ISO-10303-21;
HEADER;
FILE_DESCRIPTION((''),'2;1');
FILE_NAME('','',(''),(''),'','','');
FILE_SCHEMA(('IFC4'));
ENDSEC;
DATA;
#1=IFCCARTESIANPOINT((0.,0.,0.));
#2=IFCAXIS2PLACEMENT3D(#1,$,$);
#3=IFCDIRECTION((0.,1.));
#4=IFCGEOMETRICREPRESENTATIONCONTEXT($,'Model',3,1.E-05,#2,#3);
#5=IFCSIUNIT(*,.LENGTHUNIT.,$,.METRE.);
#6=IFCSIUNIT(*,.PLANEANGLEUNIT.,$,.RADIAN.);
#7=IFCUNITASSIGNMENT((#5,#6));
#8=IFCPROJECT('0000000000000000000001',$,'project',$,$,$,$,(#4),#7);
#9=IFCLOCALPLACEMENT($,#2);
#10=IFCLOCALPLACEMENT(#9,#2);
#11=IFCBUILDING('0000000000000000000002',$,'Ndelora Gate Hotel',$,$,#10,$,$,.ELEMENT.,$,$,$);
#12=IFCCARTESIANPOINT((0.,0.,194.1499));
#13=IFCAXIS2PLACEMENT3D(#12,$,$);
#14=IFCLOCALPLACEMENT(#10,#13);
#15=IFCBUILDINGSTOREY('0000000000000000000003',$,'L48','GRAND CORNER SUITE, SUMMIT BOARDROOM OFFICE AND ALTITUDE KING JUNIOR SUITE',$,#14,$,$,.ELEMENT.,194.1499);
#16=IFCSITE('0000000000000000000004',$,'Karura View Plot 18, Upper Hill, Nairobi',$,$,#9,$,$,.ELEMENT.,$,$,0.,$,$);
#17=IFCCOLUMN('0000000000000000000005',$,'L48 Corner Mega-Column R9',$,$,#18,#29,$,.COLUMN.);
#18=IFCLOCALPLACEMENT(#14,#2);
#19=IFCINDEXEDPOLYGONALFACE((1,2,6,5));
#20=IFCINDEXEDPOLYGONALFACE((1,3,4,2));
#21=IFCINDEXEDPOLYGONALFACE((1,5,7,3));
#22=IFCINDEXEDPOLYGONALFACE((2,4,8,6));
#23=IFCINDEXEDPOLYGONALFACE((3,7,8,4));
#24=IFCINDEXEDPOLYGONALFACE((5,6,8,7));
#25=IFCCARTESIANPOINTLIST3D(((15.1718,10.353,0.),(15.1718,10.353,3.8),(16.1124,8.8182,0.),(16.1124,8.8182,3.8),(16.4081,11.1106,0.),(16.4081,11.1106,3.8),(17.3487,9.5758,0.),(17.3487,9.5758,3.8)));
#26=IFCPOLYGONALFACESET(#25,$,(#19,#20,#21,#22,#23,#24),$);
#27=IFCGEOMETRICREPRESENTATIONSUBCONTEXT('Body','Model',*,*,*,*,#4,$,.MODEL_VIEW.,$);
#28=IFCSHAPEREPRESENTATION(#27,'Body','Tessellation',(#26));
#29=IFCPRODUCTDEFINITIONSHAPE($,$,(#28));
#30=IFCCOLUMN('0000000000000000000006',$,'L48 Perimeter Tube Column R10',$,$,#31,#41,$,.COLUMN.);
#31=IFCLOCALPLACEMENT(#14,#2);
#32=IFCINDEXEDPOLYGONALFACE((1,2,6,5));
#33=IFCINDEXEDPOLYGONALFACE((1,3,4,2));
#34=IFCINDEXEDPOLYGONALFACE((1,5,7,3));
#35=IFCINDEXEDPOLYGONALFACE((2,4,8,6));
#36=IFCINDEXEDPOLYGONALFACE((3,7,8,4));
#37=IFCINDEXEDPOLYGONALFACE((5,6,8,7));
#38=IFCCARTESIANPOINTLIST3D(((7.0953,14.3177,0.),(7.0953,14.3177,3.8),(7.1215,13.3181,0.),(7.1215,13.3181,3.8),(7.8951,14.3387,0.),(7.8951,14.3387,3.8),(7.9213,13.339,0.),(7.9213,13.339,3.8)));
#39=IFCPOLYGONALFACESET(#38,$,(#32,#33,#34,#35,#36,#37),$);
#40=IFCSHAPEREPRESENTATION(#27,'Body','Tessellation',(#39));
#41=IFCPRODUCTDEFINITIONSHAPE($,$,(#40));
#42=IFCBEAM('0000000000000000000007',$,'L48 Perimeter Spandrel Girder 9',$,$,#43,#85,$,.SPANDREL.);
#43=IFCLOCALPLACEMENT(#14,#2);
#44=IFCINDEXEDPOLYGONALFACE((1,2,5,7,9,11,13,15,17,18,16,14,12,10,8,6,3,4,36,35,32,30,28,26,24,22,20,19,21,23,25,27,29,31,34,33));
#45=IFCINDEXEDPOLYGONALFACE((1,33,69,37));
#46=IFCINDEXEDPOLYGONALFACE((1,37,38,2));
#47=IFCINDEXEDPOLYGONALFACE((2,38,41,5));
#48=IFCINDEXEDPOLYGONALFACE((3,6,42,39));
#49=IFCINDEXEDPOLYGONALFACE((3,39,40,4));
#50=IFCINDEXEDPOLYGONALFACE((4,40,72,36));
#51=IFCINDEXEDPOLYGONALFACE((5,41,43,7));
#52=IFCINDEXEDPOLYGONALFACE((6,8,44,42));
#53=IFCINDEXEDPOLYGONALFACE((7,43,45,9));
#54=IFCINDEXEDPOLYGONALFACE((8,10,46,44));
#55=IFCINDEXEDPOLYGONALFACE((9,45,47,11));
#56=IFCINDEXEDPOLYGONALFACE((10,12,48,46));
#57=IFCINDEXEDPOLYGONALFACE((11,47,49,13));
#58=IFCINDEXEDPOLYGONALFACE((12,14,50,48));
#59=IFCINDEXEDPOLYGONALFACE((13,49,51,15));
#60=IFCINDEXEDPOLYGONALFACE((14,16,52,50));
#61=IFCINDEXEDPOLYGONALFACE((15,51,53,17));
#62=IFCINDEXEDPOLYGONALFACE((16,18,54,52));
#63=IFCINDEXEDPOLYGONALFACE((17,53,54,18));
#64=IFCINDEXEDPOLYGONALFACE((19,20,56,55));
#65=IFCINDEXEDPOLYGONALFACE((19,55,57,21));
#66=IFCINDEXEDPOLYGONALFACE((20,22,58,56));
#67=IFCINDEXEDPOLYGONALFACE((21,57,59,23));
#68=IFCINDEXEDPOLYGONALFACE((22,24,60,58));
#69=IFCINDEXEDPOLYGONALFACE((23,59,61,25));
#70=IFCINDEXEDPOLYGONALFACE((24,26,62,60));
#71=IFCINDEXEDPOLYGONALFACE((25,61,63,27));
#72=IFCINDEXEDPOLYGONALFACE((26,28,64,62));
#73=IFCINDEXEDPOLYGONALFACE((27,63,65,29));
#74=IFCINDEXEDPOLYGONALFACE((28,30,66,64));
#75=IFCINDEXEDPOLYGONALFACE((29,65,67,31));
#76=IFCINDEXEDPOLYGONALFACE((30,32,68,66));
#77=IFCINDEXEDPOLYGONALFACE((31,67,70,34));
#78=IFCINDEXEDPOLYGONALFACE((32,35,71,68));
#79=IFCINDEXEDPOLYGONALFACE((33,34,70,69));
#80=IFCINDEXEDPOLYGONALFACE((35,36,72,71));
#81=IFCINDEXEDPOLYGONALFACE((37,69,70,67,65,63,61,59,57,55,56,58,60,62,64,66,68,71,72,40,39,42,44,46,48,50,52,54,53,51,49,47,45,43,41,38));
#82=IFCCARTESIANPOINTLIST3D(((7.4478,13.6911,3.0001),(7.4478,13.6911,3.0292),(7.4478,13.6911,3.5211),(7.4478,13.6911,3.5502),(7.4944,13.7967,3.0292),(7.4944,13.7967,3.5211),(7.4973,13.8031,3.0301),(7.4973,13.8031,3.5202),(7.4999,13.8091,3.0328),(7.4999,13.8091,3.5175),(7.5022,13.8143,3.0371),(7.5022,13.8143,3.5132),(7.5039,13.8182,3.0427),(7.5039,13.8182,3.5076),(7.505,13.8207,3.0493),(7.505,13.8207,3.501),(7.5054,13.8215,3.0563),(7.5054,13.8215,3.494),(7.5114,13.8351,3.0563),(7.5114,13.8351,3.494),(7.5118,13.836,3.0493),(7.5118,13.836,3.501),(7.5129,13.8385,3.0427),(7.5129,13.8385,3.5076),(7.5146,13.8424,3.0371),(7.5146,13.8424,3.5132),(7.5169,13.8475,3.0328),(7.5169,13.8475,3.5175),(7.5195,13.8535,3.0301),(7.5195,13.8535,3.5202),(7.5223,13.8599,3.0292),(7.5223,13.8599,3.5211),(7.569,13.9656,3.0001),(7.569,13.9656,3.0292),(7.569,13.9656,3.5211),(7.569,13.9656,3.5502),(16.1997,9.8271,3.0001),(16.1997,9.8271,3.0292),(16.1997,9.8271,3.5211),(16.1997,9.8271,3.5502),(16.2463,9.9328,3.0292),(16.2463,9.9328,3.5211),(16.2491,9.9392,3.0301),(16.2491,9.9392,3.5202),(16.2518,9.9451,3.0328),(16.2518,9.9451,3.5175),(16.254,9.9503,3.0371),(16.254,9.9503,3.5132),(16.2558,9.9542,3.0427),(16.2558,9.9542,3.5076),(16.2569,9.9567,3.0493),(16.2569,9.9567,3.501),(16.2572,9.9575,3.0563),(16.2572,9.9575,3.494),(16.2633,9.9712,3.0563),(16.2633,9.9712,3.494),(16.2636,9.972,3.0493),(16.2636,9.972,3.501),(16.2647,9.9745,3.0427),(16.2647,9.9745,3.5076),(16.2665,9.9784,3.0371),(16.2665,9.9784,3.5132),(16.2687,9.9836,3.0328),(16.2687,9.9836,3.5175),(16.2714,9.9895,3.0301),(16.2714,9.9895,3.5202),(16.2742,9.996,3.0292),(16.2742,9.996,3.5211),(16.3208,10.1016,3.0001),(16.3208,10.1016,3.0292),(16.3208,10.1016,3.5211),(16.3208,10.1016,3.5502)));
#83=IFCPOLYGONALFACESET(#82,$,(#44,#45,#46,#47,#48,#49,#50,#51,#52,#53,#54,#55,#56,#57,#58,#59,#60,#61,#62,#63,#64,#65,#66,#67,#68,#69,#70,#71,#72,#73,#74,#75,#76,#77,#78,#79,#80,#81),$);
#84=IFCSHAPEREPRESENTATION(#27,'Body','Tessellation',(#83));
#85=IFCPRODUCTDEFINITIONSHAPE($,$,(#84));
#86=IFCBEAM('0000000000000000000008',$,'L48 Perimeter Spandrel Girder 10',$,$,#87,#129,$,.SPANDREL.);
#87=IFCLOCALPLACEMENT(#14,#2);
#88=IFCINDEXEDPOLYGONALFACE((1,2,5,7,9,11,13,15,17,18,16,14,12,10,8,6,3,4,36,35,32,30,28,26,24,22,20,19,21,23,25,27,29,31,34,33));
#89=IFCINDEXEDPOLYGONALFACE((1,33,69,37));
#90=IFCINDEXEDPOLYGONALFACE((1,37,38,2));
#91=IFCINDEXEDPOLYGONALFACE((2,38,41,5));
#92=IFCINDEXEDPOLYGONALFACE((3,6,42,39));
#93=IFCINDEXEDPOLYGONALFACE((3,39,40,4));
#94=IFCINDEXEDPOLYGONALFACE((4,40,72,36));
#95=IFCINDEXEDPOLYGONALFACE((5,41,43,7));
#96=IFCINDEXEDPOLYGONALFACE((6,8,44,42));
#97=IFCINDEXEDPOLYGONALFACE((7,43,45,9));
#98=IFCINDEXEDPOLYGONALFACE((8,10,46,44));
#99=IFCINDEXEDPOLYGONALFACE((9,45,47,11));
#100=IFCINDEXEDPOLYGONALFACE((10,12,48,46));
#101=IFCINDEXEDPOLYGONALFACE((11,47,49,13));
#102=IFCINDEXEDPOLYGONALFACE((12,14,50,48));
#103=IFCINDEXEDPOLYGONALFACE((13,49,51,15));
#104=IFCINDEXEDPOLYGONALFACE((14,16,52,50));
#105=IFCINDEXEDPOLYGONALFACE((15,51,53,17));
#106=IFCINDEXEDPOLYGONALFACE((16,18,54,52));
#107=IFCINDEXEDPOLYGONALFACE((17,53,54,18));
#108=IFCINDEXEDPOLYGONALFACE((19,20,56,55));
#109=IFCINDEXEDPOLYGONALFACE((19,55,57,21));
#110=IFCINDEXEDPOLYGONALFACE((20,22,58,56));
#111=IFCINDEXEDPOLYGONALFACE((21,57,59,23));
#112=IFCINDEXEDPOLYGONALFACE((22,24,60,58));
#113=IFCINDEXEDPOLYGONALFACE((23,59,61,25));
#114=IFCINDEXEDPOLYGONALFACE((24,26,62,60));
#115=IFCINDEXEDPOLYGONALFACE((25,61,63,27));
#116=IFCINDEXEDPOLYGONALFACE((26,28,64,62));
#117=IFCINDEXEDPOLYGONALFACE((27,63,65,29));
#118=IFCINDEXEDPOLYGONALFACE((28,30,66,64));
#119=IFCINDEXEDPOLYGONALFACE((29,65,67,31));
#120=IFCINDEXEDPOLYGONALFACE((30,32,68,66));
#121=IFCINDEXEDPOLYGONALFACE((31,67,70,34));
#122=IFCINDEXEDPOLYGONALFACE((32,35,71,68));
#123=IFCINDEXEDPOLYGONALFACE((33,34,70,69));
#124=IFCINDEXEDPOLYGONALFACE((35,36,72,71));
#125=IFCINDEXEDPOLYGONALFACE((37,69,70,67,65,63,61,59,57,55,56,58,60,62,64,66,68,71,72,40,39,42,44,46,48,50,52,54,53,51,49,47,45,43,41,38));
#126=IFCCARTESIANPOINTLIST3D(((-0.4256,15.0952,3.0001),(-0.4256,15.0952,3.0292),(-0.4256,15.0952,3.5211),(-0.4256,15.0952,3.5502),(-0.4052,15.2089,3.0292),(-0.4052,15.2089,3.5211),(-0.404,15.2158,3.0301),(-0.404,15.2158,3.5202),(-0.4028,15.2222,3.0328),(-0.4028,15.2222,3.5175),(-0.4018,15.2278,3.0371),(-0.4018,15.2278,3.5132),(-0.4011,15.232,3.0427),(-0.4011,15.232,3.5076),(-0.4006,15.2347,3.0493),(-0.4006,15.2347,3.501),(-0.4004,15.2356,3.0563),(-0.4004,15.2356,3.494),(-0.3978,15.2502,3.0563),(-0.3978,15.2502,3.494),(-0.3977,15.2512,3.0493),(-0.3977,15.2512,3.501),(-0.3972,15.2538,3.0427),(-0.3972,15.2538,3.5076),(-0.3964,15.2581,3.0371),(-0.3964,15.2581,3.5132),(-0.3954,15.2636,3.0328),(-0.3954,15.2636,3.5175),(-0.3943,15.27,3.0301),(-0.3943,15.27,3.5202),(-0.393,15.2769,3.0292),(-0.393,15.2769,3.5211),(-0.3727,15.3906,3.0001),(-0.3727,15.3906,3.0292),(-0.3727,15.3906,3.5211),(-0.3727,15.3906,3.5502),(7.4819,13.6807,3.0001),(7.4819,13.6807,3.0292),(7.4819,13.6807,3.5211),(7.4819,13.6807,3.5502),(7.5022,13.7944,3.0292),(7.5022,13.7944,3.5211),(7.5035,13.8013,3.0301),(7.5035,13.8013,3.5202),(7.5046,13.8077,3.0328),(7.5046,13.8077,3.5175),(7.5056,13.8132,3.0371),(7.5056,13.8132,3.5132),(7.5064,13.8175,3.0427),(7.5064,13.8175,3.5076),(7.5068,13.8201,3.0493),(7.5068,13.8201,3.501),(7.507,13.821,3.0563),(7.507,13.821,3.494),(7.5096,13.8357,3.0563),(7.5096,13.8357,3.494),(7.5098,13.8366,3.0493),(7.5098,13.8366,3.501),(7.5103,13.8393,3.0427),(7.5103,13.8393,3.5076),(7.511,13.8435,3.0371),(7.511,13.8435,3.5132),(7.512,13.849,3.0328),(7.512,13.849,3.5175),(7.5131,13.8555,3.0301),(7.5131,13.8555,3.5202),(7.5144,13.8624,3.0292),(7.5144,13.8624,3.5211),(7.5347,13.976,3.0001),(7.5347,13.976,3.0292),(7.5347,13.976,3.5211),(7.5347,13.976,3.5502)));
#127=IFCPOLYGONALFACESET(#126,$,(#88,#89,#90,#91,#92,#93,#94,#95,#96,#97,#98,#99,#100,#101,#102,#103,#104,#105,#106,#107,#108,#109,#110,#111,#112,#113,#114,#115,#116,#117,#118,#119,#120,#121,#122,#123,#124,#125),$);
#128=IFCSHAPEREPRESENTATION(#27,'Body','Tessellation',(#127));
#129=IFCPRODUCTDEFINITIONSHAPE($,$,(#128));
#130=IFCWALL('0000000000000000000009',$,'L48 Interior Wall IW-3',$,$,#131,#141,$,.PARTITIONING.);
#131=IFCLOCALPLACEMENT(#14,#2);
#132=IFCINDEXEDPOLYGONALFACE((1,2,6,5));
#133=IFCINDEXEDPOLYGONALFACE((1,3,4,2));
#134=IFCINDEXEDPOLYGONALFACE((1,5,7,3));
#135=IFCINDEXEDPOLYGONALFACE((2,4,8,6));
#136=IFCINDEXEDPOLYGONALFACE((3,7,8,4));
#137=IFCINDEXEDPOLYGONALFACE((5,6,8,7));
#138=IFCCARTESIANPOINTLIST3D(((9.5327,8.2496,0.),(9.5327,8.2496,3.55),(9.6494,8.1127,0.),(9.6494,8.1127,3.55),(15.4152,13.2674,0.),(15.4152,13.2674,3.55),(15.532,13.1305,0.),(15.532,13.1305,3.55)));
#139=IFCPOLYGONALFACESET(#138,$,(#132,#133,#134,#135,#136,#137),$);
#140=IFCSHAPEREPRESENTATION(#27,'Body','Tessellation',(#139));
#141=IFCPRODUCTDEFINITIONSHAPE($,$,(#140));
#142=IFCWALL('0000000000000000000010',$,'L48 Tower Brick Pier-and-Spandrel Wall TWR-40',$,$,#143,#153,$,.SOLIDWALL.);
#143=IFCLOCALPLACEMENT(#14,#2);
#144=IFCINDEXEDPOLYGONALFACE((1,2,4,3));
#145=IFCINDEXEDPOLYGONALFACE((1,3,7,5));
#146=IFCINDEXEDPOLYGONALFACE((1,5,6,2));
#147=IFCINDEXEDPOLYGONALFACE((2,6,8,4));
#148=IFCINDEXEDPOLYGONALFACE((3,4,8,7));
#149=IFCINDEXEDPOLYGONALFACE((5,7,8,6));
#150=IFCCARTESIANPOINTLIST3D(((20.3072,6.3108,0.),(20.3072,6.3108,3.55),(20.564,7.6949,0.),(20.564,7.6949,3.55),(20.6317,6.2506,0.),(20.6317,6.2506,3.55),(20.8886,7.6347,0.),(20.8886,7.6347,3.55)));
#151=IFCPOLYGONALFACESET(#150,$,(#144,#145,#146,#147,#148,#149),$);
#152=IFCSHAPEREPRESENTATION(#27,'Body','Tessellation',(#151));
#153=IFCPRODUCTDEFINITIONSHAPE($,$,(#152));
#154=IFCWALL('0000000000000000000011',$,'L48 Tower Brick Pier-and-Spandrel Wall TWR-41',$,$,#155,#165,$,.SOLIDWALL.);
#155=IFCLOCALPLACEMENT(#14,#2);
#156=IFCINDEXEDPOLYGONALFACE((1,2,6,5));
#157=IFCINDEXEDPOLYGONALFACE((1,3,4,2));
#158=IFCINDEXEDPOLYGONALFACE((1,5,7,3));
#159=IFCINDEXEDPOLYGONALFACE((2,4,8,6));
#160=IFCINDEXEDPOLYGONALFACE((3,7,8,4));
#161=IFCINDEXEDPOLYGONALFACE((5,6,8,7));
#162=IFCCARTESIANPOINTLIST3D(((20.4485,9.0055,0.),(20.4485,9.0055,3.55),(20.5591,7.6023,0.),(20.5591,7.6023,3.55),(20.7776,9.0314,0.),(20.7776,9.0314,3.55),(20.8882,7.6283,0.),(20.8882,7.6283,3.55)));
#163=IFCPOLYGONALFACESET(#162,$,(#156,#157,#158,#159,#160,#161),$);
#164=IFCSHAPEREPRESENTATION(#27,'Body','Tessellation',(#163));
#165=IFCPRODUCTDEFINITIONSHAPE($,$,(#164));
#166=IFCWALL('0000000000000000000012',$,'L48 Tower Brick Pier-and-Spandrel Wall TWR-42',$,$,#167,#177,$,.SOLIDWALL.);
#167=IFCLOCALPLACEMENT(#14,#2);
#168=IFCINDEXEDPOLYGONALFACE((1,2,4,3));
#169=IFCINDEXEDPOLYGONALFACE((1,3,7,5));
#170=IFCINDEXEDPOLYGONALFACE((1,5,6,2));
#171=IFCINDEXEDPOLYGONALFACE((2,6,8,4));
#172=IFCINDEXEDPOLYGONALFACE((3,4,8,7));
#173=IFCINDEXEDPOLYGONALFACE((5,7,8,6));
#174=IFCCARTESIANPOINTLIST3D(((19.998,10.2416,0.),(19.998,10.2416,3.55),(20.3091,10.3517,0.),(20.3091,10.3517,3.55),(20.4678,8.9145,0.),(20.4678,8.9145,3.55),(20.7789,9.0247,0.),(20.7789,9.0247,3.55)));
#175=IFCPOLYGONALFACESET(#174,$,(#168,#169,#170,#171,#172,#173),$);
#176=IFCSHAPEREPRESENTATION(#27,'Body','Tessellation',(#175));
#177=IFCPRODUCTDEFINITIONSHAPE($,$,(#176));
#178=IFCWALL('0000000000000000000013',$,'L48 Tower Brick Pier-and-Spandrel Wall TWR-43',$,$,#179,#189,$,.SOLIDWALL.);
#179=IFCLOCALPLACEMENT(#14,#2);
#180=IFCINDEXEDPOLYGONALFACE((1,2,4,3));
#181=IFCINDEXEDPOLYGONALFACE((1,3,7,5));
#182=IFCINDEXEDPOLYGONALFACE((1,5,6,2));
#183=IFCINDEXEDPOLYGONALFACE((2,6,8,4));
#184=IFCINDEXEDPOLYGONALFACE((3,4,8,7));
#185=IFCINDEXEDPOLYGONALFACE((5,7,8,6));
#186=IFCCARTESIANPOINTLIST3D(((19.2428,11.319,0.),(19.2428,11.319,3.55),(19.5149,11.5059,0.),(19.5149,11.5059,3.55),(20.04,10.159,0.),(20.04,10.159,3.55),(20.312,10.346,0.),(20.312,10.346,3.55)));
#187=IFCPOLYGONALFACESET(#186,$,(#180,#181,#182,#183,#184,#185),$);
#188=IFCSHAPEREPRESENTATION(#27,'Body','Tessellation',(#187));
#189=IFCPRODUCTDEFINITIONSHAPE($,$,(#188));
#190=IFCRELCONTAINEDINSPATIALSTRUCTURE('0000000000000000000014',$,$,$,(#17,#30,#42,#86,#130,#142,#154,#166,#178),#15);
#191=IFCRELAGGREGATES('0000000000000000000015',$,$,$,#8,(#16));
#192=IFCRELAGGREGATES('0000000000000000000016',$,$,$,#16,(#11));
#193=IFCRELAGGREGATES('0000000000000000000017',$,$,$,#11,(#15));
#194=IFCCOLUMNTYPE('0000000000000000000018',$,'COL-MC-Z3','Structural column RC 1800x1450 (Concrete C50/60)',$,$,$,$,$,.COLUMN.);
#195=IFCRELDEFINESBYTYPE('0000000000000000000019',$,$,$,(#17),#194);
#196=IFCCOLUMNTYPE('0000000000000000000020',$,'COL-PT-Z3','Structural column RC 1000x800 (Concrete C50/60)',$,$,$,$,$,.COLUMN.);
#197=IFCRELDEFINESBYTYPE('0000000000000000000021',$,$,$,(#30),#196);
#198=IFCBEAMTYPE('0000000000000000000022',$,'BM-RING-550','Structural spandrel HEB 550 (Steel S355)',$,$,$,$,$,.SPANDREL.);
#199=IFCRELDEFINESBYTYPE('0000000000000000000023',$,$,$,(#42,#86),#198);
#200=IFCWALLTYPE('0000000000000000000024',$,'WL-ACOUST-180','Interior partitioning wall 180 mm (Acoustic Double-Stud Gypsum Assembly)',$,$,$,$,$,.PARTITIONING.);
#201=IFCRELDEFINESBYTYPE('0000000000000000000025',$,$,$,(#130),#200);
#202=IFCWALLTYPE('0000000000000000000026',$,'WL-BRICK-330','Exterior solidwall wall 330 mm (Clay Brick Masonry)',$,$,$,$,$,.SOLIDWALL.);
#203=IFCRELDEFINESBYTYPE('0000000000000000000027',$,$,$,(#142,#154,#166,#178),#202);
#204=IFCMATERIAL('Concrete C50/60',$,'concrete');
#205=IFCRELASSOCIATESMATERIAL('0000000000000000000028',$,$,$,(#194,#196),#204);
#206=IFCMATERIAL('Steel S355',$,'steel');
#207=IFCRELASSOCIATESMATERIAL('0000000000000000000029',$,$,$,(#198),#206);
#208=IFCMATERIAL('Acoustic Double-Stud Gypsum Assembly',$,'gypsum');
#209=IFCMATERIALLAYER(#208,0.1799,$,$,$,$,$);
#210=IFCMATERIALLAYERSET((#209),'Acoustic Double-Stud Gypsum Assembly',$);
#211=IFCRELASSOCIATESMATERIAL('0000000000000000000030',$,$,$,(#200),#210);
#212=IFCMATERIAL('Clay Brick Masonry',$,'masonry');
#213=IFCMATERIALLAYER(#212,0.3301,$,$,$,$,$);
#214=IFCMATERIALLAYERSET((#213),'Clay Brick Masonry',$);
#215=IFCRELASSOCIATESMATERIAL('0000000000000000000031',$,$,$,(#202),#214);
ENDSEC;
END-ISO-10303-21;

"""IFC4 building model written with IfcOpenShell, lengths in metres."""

from ifc_helpers import new_model, si_unit, direction, frame, frame_2d, origin, origin_2d, place, context, subcontext, project, spatial, rectangle, i_section, extrude, material, layer, layer_set, material_profile, profile_set, type_object, element, save


model = new_model("IFC4")

# Units and contexts
model_context = context("Model", 3, precision=1e-05, world=origin(), true_north=direction((0.0, 1.0)))
body_context = subcontext(model_context, "Body", "Model", "MODEL_VIEW")
ifc_project = project(units=[si_unit("LENGTHUNIT", "METRE"), si_unit("PLANEANGLEUNIT", "RADIAN")], contexts=[model_context])

# Site, building, storey
site_placement = place(None, origin())
site = spatial("IfcSite", under=ifc_project, at=site_placement, Name="Karura View Plot 18, Upper Hill, Nairobi", CompositionType="ELEMENT", RefElevation=0.0)
building_placement = place(site_placement, origin())
building = spatial("IfcBuilding", under=site, at=building_placement, Name="Ndelora Gate Hotel", CompositionType="ELEMENT")
storey_placement = place(building_placement, frame((0.0, 0.0, 194.1499)))
storey = spatial("IfcBuildingStorey", under=building, at=storey_placement, Name="L48", Description="GRAND CORNER SUITE, SUMMIT BOARDROOM OFFICE AND ALTITUDE KING JUNIOR SUITE", CompositionType="ELEMENT", Elevation=194.1499)

# Columns
ifc_material_1 = material(Name="Concrete C50/60", Category="concrete")
ifc_material_profile_1 = material_profile(ifc_material_1, rectangle(XDim=1.45, YDim=1.8, at=origin_2d()), Name="RC 1800x1450")
ifc_profile_set_1 = profile_set([ifc_material_profile_1], Name="Concrete C50/60")
column_type_1 = type_object("IfcColumnType", Name="COL-MC-Z3", Description="Structural column RC 1800x1450 (Concrete C50/60)", PredefinedType="COLUMN", material=ifc_profile_set_1)
column_1_placement = place(storey_placement, frame((16.2603, 9.9644, 0.0), z_axis=(0.0, 0.0, 1.0), x_axis=(0.85264, 0.522499, 0.0)))
element("IfcColumn", 1, at=column_1_placement, inside=storey, type_object=column_type_1, Name="L48 Corner Mega-Column R9", PredefinedType="COLUMN", context=body_context, shape_type="SweptSolid", body=[
    extrude(rectangle(XDim=1.45, YDim=1.8, at=origin_2d()), origin(), (0.0, 0.0, 1.0), 3.8),
])
ifc_material_profile_2 = material_profile(ifc_material_1, rectangle(XDim=0.8, YDim=1.0, at=origin_2d()), Name="RC 1000x800")
ifc_profile_set_2 = profile_set([ifc_material_profile_2], Name="Concrete C50/60")
column_type_2 = type_object("IfcColumnType", Name="COL-PT-Z3", Description="Structural column RC 1000x800 (Concrete C50/60)", PredefinedType="COLUMN", material=ifc_profile_set_2)
column_2_placement = place(storey_placement, frame((7.5083, 13.8284, 0.0), z_axis=(0.0, 0.0, 1.0), x_axis=(0.999657, 0.026177, 0.0)))
element("IfcColumn", 2, at=column_2_placement, inside=storey, type_object=column_type_2, Name="L48 Perimeter Tube Column R10", PredefinedType="COLUMN", context=body_context, shape_type="SweptSolid", body=[
    extrude(rectangle(XDim=0.8, YDim=1.0, at=origin_2d()), origin(), (0.0, 0.0, 1.0), 3.8),
])

# Beams
ifc_material_2 = material(Name="Steel S355", Category="steel")
ifc_material_profile_3 = material_profile(ifc_material_2, i_section(OverallWidth=0.3, OverallDepth=0.55, WebThickness=0.0149, FlangeThickness=0.0291, FilletRadius=0.0271, at=origin_2d()), Name="HEB 550")
ifc_profile_set_3 = profile_set([ifc_material_profile_3], Name="Steel S355")
beam_type = type_object("IfcBeamType", Name="BM-RING-550", Description="Structural spandrel HEB 550 (Steel S355)", PredefinedType="SPANDREL", material=ifc_profile_set_3)
beam_1_placement = place(storey_placement, frame((16.2603, 9.9644, 3.2751), z_axis=(-0.914807, 0.40389, 0.0), x_axis=(-0.40389, -0.914807, 0.0)))
element("IfcBeam", 3, at=beam_1_placement, inside=storey, type_object=beam_type, Name="L48 Perimeter Spandrel Girder 9", PredefinedType="SPANDREL", context=body_context, shape_type="SweptSolid", body=[
    extrude(i_section(OverallWidth=0.3, OverallDepth=0.55, WebThickness=0.0149, FlangeThickness=0.0291, FilletRadius=0.0271, at=origin_2d()), origin(), (0.0, 0.0, 1.0), 9.5669),
])
beam_2_placement = place(storey_placement, frame((7.5083, 13.8284, 3.2751), z_axis=(-0.984374, 0.176093, 0.0), x_axis=(-0.176093, -0.984374, 0.0)))
element("IfcBeam", 4, at=beam_2_placement, inside=storey, type_object=beam_type, Name="L48 Perimeter Spandrel Girder 10", PredefinedType="SPANDREL", context=body_context, shape_type="SweptSolid", body=[
    extrude(i_section(OverallWidth=0.3, OverallDepth=0.55, WebThickness=0.0149, FlangeThickness=0.0291, FilletRadius=0.0271, at=origin_2d()), origin(), (0.0, 0.0, 1.0), 8.033),
])

# Walls
ifc_material_3 = material(Name="Acoustic Double-Stud Gypsum Assembly", Category="gypsum")
ifc_layer_1 = layer(ifc_material_3, 0.1799)
ifc_layer_set_1 = layer_set([ifc_layer_1], Name="Acoustic Double-Stud Gypsum Assembly")
wall_type_1 = type_object("IfcWallType", Name="WL-ACOUST-180", Description="Interior partitioning wall 180 mm (Acoustic Double-Stud Gypsum Assembly)", PredefinedType="PARTITIONING", material=ifc_layer_set_1)
wall_1_placement = place(storey_placement, frame((9.5911, 8.1812, 0.0), z_axis=(0.0, 0.0, 1.0), x_axis=(0.760812, 0.648972, 0.0)))
element("IfcWall", 5, at=wall_1_placement, inside=storey, type_object=wall_type_1, Name="L48 Interior Wall IW-3", PredefinedType="PARTITIONING", context=body_context, shape_type="SweptSolid", body=[
    extrude(rectangle(XDim=7.7319, YDim=0.1799, at=frame_2d((3.866, 0.0))), origin(), (0.0, 0.0, 1.0), 3.55),
])
ifc_material_4 = material(Name="Clay Brick Masonry", Category="masonry")
ifc_layer_2 = layer(ifc_material_4, 0.3301)
ifc_layer_set_2 = layer_set([ifc_layer_2], Name="Clay Brick Masonry")
wall_type_2 = type_object("IfcWallType", Name="WL-BRICK-330", Description="Exterior solidwall wall 330 mm (Clay Brick Masonry)", PredefinedType="SOLIDWALL", material=ifc_layer_set_2)
wall_2_placement = place(storey_placement, frame((20.7263, 7.6648, 0.0), z_axis=(0.0, 0.0, 1.0), x_axis=(-0.182456, -0.983214, 0.0)))
element("IfcWall", 6, at=wall_2_placement, inside=storey, type_object=wall_type_2, Name="L48 Tower Brick Pier-and-Spandrel Wall TWR-40", PredefinedType="SOLIDWALL", context=body_context, shape_type="SweptSolid", body=[
    extrude(rectangle(XDim=1.4077, YDim=0.3301, at=frame_2d((0.7039, 0.0))), origin(), (0.0, 0.0, 1.0), 3.55),
])
wall_3_placement = place(storey_placement, frame((20.613, 9.0183, 0.0), z_axis=(0.0, 0.0, 1.0), x_axis=(0.07858, -0.996908, 0.0)))
element("IfcWall", 7, at=wall_3_placement, inside=storey, type_object=wall_type_2, Name="L48 Tower Brick Pier-and-Spandrel Wall TWR-41", PredefinedType="SOLIDWALL", context=body_context, shape_type="SweptSolid", body=[
    extrude(rectangle(XDim=1.4075, YDim=0.3301, at=frame_2d((0.7036, 0.0))), origin(), (0.0, 0.0, 1.0), 3.55),
])
wall_4_placement = place(storey_placement, frame((20.1536, 10.2966, 0.0), z_axis=(0.0, 0.0, 1.0), x_axis=(0.333709, -0.942676, 0.0)))
element("IfcWall", 8, at=wall_4_placement, inside=storey, type_object=wall_type_2, Name="L48 Tower Brick Pier-and-Spandrel Wall TWR-42", PredefinedType="SOLIDWALL", context=body_context, shape_type="SweptSolid", body=[
    extrude(rectangle(XDim=1.4077, YDim=0.3301, at=frame_2d((0.7039, 0.0))), origin(), (0.0, 0.0, 1.0), 3.55),
])
for number, where, z_axis, x_axis, name in (
    (9, (19.3789, 11.4124, 0.0), (0.0, 0.0, 1.0), (0.566374, -0.824148, 0.0), "L48 Tower Brick Pier-and-Spandrel Wall TWR-43"),
):
    element("IfcWall", number, at=place(storey_placement, frame(where, z_axis=z_axis, x_axis=x_axis)), inside=storey, type_object=wall_type_2, Name=name, PredefinedType="SOLIDWALL", context=body_context, shape_type="SweptSolid", body=[
        extrude(rectangle(XDim=1.4075, YDim=0.3301, at=frame_2d((0.7036, 0.0))), origin(), (0.0, 0.0, 1.0), 3.55),
    ])

save(model, "model.ifc")
